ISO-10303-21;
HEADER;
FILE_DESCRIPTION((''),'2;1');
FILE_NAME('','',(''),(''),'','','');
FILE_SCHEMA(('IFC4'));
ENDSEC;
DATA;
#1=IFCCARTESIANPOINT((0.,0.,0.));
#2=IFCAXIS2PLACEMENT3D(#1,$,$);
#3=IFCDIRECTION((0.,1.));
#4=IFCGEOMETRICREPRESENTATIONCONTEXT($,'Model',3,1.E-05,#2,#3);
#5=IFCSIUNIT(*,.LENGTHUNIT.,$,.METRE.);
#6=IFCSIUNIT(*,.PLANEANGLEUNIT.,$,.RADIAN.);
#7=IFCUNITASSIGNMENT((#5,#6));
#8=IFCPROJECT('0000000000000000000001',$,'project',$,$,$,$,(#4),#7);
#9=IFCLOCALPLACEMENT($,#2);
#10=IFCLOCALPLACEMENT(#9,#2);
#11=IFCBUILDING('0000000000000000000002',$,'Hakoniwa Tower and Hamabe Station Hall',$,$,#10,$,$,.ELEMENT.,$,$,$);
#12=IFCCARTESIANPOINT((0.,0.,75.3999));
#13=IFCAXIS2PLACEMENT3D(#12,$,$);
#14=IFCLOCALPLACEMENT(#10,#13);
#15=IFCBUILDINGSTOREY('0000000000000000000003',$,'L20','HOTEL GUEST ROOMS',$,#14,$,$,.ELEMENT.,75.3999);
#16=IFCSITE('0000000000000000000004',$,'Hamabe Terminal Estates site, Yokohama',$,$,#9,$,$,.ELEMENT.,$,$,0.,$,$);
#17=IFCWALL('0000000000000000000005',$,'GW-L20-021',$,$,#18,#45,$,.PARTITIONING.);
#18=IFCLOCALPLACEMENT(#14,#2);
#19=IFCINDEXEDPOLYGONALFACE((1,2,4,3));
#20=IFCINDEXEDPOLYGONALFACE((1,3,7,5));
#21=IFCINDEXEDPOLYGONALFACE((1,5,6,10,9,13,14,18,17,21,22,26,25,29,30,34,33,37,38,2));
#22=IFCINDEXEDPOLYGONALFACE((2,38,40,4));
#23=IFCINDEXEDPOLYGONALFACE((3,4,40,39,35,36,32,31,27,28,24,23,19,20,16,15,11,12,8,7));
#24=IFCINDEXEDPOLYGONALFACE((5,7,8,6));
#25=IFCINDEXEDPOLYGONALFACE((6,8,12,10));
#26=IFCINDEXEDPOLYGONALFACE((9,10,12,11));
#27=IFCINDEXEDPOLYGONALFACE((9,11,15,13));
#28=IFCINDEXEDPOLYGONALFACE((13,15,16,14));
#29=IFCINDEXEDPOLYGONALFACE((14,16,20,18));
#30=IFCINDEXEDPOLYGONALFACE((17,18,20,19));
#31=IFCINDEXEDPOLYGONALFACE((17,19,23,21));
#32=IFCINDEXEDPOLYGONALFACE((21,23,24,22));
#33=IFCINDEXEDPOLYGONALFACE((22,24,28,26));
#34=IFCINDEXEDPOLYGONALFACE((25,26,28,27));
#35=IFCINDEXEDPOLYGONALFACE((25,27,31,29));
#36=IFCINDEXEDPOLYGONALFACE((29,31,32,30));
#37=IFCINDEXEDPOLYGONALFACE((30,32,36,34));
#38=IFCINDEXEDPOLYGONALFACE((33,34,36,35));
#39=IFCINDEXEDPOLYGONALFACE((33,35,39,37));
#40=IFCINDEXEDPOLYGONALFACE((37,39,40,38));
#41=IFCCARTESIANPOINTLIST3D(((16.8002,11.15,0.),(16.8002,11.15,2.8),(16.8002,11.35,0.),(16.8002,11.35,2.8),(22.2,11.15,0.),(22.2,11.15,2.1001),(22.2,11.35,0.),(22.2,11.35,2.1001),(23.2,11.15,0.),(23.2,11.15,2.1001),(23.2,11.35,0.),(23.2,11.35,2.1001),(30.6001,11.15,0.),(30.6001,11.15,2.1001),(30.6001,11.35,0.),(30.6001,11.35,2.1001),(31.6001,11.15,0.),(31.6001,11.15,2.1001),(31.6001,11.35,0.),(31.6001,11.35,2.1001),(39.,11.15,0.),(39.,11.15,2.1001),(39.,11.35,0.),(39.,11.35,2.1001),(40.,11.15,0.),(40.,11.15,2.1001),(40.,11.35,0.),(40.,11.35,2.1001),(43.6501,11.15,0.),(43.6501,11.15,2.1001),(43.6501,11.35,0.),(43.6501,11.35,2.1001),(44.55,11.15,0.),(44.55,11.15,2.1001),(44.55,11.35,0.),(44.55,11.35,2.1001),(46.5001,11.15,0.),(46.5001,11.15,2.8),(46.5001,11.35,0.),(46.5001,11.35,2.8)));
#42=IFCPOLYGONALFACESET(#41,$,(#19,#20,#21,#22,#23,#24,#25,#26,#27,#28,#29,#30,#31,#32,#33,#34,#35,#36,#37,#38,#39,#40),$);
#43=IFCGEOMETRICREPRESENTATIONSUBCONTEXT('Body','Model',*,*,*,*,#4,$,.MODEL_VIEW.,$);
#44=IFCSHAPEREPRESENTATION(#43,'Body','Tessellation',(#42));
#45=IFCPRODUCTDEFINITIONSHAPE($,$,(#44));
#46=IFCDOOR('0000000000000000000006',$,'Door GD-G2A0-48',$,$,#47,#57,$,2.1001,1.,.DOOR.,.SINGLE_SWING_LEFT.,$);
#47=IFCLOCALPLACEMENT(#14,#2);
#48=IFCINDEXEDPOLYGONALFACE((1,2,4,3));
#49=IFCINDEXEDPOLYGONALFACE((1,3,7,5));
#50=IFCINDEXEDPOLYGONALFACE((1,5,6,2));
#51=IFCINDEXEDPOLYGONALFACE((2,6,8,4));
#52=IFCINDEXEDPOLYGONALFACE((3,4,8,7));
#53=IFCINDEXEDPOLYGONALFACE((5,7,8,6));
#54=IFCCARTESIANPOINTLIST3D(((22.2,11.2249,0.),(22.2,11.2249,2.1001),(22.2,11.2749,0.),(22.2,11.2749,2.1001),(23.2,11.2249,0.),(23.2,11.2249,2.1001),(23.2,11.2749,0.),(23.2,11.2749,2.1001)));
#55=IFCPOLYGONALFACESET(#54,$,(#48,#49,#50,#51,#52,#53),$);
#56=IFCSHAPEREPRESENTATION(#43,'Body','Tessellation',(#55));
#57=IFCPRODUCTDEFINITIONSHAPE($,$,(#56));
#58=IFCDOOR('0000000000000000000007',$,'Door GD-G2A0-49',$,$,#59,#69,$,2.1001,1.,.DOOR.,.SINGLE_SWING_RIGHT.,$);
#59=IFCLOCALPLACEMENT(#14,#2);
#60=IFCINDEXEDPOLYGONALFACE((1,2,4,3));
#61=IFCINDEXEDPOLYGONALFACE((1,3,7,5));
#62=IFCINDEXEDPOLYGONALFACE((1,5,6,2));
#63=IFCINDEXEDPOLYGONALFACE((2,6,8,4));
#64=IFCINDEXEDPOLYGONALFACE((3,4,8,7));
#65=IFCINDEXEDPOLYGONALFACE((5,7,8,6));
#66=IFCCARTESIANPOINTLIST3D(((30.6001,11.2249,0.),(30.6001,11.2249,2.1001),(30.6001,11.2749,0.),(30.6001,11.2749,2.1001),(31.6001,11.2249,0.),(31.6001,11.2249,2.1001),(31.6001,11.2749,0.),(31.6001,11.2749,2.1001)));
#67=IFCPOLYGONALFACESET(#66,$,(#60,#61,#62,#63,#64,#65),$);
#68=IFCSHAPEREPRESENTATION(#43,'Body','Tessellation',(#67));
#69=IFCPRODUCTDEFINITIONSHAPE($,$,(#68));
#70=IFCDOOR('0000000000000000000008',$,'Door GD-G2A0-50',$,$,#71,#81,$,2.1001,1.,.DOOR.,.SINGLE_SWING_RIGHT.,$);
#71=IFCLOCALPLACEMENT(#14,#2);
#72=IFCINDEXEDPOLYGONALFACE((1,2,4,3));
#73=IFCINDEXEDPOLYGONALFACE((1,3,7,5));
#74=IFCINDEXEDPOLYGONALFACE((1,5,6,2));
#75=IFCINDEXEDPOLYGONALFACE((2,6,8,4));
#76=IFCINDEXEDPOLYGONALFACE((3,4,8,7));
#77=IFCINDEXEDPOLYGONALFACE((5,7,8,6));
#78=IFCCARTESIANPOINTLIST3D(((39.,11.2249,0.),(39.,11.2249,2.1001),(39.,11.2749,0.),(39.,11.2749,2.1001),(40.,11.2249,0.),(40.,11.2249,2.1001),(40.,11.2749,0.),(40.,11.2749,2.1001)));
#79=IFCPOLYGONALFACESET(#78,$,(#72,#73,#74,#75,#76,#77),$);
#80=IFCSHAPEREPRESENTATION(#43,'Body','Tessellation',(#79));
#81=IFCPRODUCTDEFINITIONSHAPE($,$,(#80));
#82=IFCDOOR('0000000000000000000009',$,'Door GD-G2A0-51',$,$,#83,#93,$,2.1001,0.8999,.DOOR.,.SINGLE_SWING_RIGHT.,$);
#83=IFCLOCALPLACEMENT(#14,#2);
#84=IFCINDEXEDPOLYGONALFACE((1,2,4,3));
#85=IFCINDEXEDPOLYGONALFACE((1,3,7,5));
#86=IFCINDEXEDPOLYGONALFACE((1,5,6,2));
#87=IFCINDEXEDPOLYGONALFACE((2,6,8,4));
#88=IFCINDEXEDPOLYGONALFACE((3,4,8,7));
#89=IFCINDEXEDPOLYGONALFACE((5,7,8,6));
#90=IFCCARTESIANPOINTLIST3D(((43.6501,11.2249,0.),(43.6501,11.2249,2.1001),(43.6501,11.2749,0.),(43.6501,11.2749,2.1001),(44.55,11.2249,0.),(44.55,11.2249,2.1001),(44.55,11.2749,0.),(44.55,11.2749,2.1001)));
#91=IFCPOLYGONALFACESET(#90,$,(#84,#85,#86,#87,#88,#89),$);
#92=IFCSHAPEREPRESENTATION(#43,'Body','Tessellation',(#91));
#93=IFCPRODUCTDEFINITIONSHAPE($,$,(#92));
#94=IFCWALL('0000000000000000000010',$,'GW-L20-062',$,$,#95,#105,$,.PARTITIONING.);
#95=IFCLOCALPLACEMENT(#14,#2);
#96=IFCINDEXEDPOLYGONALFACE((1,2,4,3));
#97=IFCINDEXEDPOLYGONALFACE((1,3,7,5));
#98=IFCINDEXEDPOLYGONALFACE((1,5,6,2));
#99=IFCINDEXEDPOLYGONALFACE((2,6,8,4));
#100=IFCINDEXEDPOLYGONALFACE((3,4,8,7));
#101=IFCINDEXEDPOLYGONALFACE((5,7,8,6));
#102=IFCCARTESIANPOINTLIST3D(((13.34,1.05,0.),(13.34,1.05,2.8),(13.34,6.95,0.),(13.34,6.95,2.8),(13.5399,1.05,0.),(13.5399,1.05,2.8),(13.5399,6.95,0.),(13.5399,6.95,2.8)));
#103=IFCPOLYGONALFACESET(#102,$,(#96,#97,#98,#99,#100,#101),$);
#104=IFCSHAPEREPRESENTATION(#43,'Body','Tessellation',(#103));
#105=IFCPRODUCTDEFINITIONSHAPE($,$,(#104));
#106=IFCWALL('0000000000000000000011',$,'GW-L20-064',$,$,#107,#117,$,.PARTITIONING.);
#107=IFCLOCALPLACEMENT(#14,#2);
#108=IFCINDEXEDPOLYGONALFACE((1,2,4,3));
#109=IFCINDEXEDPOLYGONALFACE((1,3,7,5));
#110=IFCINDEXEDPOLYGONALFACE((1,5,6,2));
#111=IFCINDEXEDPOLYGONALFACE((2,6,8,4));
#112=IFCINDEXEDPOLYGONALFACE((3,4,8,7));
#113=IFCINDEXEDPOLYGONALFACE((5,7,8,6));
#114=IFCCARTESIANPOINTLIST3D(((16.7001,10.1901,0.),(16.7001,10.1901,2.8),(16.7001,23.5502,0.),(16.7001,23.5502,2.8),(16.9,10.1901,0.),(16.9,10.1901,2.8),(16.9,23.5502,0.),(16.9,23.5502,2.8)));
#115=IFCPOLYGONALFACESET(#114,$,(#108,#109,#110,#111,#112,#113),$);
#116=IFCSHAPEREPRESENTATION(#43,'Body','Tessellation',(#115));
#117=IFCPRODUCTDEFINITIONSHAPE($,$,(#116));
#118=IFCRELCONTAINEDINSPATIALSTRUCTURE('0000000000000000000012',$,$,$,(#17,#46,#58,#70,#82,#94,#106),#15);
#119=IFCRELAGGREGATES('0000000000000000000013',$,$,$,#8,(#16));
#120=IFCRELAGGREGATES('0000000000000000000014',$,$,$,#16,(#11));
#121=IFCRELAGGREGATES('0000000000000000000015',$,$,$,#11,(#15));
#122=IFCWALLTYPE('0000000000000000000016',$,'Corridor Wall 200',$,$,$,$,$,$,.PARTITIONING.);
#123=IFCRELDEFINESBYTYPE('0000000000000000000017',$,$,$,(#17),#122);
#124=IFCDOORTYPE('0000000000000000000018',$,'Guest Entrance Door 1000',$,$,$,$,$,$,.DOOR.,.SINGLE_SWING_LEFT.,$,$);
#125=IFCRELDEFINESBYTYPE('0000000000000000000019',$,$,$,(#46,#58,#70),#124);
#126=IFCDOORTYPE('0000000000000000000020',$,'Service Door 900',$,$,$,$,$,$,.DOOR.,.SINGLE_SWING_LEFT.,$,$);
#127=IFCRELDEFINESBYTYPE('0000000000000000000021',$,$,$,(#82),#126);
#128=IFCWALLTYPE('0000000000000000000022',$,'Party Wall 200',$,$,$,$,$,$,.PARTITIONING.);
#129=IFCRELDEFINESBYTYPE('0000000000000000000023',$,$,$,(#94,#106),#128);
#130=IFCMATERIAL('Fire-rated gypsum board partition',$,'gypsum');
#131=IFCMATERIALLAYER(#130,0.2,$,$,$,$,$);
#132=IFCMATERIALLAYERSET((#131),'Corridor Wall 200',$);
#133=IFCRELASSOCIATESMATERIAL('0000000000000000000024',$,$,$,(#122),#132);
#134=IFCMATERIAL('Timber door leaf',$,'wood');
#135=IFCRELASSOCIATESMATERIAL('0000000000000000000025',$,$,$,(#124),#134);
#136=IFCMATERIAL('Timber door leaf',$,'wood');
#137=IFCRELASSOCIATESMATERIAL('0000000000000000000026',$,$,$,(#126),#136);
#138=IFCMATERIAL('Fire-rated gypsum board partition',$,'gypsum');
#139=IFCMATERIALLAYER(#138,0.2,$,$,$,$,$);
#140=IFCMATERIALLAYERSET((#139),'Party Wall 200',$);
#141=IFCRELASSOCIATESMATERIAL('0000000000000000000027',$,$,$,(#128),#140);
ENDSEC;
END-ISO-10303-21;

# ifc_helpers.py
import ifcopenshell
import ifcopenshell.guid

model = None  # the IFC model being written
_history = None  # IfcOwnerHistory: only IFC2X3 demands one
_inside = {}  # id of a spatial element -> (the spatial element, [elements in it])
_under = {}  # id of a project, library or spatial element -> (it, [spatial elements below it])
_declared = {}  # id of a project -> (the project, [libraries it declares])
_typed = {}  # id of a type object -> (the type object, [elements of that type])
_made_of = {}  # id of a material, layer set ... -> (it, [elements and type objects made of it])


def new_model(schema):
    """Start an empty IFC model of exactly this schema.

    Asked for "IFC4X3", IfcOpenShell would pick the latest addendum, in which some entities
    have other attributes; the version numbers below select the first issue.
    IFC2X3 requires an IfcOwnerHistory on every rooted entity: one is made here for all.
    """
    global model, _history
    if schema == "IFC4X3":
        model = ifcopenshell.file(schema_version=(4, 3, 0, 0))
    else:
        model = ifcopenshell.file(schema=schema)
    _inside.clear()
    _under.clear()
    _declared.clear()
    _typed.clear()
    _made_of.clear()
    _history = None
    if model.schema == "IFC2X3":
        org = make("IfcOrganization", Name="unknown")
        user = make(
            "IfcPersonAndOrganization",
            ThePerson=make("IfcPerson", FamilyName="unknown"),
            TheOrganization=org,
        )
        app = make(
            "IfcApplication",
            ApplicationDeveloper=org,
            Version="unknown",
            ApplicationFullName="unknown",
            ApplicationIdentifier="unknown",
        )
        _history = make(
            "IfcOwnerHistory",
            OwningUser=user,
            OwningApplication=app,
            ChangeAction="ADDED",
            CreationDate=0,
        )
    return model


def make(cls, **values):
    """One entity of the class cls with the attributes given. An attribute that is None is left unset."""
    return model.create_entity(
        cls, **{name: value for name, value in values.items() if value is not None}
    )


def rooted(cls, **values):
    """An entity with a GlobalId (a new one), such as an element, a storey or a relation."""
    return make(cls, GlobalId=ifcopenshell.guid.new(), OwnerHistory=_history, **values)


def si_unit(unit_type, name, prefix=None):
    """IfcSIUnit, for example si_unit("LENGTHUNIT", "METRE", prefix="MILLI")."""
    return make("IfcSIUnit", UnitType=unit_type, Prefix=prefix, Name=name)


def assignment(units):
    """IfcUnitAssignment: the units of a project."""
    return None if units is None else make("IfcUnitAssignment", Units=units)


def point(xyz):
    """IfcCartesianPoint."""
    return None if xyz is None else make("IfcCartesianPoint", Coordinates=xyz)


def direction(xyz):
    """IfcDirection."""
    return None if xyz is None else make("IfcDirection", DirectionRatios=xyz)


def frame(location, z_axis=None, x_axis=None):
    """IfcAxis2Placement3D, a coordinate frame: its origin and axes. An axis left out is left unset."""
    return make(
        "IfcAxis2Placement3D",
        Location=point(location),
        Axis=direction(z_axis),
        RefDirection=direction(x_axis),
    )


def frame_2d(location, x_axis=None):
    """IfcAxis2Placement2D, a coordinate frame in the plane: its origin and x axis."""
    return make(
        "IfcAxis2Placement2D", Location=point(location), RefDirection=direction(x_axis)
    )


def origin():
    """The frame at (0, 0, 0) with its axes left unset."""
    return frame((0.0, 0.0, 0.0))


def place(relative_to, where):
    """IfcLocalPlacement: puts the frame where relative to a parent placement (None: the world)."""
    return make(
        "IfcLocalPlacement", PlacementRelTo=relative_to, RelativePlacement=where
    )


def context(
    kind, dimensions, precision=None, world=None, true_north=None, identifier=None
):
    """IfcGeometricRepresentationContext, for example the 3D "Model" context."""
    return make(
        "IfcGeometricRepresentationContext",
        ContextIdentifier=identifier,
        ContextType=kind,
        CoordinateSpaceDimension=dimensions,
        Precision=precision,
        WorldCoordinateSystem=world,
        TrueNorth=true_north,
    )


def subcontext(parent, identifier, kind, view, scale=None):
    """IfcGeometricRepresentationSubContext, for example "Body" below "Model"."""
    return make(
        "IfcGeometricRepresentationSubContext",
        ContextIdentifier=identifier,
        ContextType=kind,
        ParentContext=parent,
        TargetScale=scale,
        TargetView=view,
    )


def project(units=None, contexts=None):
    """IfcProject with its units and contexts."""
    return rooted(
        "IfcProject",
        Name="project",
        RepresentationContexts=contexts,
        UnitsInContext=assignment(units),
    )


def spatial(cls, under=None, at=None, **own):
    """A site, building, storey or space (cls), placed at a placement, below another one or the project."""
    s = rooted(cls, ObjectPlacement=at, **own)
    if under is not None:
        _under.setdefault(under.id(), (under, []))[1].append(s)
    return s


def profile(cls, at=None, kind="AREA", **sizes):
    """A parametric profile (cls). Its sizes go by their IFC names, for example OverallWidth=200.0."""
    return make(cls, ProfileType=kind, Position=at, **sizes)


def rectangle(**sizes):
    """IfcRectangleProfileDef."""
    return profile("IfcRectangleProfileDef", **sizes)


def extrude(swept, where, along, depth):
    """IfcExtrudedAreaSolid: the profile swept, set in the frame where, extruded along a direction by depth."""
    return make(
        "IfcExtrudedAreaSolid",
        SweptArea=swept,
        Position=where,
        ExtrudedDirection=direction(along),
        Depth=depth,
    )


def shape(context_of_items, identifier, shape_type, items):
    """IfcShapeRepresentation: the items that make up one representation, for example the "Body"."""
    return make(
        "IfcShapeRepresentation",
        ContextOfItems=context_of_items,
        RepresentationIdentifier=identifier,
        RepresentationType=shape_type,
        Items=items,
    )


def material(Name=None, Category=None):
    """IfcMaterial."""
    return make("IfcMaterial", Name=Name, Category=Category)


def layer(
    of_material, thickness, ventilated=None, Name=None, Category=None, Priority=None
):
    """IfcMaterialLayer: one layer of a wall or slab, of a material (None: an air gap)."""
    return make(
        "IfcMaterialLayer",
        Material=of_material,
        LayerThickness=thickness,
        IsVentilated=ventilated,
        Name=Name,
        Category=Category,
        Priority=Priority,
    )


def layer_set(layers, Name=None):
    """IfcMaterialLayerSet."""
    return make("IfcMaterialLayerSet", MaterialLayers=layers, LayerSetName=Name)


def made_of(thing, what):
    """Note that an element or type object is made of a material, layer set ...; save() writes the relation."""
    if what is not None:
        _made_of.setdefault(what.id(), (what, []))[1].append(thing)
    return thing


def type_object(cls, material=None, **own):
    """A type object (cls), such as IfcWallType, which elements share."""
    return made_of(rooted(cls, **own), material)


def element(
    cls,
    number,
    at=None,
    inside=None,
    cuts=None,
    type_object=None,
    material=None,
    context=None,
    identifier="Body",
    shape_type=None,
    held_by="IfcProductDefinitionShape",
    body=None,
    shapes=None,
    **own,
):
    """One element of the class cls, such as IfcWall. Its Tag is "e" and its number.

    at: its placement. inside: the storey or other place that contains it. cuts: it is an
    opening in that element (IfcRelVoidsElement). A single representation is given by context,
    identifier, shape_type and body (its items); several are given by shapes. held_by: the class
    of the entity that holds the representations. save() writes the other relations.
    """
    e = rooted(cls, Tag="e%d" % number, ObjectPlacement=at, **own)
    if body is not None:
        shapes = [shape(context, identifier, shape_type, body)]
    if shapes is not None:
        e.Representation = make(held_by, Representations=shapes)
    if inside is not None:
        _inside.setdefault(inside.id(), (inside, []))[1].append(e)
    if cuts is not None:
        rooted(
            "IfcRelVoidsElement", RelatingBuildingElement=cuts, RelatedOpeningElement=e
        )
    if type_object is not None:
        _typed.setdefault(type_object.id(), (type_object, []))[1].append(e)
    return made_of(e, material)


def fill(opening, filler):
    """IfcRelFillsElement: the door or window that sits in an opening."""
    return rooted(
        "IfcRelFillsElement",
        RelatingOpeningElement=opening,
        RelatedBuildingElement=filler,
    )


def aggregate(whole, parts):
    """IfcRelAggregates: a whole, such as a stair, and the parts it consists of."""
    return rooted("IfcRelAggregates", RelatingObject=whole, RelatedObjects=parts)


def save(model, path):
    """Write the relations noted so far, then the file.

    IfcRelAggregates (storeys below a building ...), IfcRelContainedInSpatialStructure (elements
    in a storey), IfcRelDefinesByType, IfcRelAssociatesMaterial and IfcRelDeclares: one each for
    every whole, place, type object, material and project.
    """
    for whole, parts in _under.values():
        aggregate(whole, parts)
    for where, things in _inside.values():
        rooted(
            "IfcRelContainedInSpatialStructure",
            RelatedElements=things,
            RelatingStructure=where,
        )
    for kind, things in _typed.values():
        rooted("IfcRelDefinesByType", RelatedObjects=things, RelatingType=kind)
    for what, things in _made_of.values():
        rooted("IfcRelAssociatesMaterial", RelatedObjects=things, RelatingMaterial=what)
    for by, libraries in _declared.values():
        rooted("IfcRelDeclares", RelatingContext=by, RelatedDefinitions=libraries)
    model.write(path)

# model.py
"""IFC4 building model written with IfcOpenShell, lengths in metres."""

from ifc_helpers import new_model, si_unit, direction, frame, frame_2d, origin, place, context, subcontext, project, spatial, rectangle, extrude, material, layer, layer_set, type_object, element, fill, save


model = new_model("IFC4")

# Units and contexts
model_context = context("Model", 3, precision=1e-05, world=origin(), true_north=direction((0.0, 1.0)))
body_context = subcontext(model_context, "Body", "Model", "MODEL_VIEW")
ifc_project = project(units=[si_unit("LENGTHUNIT", "METRE"), si_unit("PLANEANGLEUNIT", "RADIAN")], contexts=[model_context])

# Site, building, storey
site_placement = place(None, origin())
site = spatial("IfcSite", under=ifc_project, at=site_placement, Name="Hamabe Terminal Estates site, Yokohama", CompositionType="ELEMENT", RefElevation=0.0)
building_placement = place(site_placement, origin())
building = spatial("IfcBuilding", under=site, at=building_placement, Name="Hakoniwa Tower and Hamabe Station Hall", CompositionType="ELEMENT")
storey_placement = place(building_placement, frame((0.0, 0.0, 75.3999)))
storey = spatial("IfcBuildingStorey", under=building, at=storey_placement, Name="L20", Description="HOTEL GUEST ROOMS", CompositionType="ELEMENT", Elevation=75.3999)

# Wall, openings, doors
ifc_material_1 = material(Name="Fire-rated gypsum board partition", Category="gypsum")
ifc_layer_1 = layer(ifc_material_1, 0.2)
ifc_layer_set_1 = layer_set([ifc_layer_1], Name="Corridor Wall 200")
wall_type_1 = type_object("IfcWallType", Name="Corridor Wall 200", PredefinedType="PARTITIONING", material=ifc_layer_set_1)
wall_1_placement = place(storey_placement, frame((16.8, 11.25, 0.0), z_axis=(0.0, 0.0, 1.0), x_axis=(1.0, 0.0, 0.0)))
wall_1 = element("IfcWall", 1, at=wall_1_placement, inside=storey, type_object=wall_type_1, Name="GW-L20-021", PredefinedType="PARTITIONING", context=body_context, shape_type="SweptSolid", body=[
    extrude(rectangle(XDim=29.7, YDim=0.2, at=frame_2d((14.8501, 0.0))), origin(), (0.0, 0.0, 1.0), 2.8),
])
opening_1_placement = place(wall_1_placement, frame((5.3999, 0.0, 0.0)))
opening_1 = element("IfcOpeningElement", 2, at=opening_1_placement, cuts=wall_1, PredefinedType="OPENING", context=body_context, shape_type="SweptSolid", body=[
    extrude(rectangle(XDim=1.0, YDim=2.1001, at=frame_2d((0.5, 1.05))), frame((0.0, 0.1099, 0.0), z_axis=(0.0, -1.0, 0.0), x_axis=(1.0, 0.0, 0.0)), (0.0, 0.0, 1.0), 0.22),
])
opening_2_placement = place(wall_1_placement, frame((13.8, 0.0, 0.0)))
opening_2 = element("IfcOpeningElement", 3, at=opening_2_placement, cuts=wall_1, PredefinedType="OPENING", context=body_context, shape_type="SweptSolid", body=[
    extrude(rectangle(XDim=1.0, YDim=2.1001, at=frame_2d((0.5, 1.05))), frame((0.0, 0.1099, 0.0), z_axis=(0.0, -1.0, 0.0), x_axis=(1.0, 0.0, 0.0)), (0.0, 0.0, 1.0), 0.22),
])
opening_3_placement = place(wall_1_placement, frame((22.2, 0.0, 0.0)))
opening_3 = element("IfcOpeningElement", 4, at=opening_3_placement, cuts=wall_1, PredefinedType="OPENING", context=body_context, shape_type="SweptSolid", body=[
    extrude(rectangle(XDim=1.0, YDim=2.1001, at=frame_2d((0.5, 1.05))), frame((0.0, 0.1099, 0.0), z_axis=(0.0, -1.0, 0.0), x_axis=(1.0, 0.0, 0.0)), (0.0, 0.0, 1.0), 0.22),
])
opening_4_placement = place(wall_1_placement, frame((26.8501, 0.0, 0.0)))
opening_4 = element("IfcOpeningElement", 5, at=opening_4_placement, cuts=wall_1, PredefinedType="OPENING", context=body_context, shape_type="SweptSolid", body=[
    extrude(rectangle(XDim=0.8999, YDim=2.1001, at=frame_2d((0.45, 1.05))), frame((0.0, 0.1099, 0.0), z_axis=(0.0, -1.0, 0.0), x_axis=(1.0, 0.0, 0.0)), (0.0, 0.0, 1.0), 0.22),
])
ifc_material_2 = material(Name="Timber door leaf", Category="wood")
door_type_1 = type_object("IfcDoorType", Name="Guest Entrance Door 1000", OperationType="SINGLE_SWING_LEFT", PredefinedType="DOOR", material=ifc_material_2)
door_1_placement = place(opening_1_placement, origin())
door_1 = element("IfcDoor", 6, at=door_1_placement, inside=storey, type_object=door_type_1, Name="Door GD-G2A0-48", OperationType="SINGLE_SWING_LEFT", OverallHeight=2.1001, OverallWidth=1.0, PredefinedType="DOOR", context=body_context, shape_type="SweptSolid", body=[
    extrude(rectangle(XDim=1.0, YDim=2.1001, at=frame_2d((0.5, 1.05))), frame((0.0, 0.0249, 0.0), z_axis=(0.0, -1.0, 0.0), x_axis=(1.0, 0.0, 0.0)), (0.0, 0.0, 1.0), 0.05),
])
fill(opening_1, door_1)
door_2_placement = place(opening_2_placement, origin())
door_2 = element("IfcDoor", 7, at=door_2_placement, inside=storey, type_object=door_type_1, Name="Door GD-G2A0-49", OperationType="SINGLE_SWING_RIGHT", OverallHeight=2.1001, OverallWidth=1.0, PredefinedType="DOOR", context=body_context, shape_type="SweptSolid", body=[
    extrude(rectangle(XDim=1.0, YDim=2.1001, at=frame_2d((0.5, 1.05))), frame((0.0, 0.0249, 0.0), z_axis=(0.0, -1.0, 0.0), x_axis=(1.0, 0.0, 0.0)), (0.0, 0.0, 1.0), 0.05),
])
fill(opening_2, door_2)
door_3_placement = place(opening_3_placement, origin())
door_3 = element("IfcDoor", 8, at=door_3_placement, inside=storey, type_object=door_type_1, Name="Door GD-G2A0-50", OperationType="SINGLE_SWING_RIGHT", OverallHeight=2.1001, OverallWidth=1.0, PredefinedType="DOOR", context=body_context, shape_type="SweptSolid", body=[
    extrude(rectangle(XDim=1.0, YDim=2.1001, at=frame_2d((0.5, 1.05))), frame((0.0, 0.0249, 0.0), z_axis=(0.0, -1.0, 0.0), x_axis=(1.0, 0.0, 0.0)), (0.0, 0.0, 1.0), 0.05),
])
fill(opening_3, door_3)
ifc_material_3 = material(Name="Timber door leaf", Category="wood")
door_type_2 = type_object("IfcDoorType", Name="Service Door 900", OperationType="SINGLE_SWING_LEFT", PredefinedType="DOOR", material=ifc_material_3)
door_4_placement = place(opening_4_placement, origin())
door_4 = element("IfcDoor", 9, at=door_4_placement, inside=storey, type_object=door_type_2, Name="Door GD-G2A0-51", OperationType="SINGLE_SWING_RIGHT", OverallHeight=2.1001, OverallWidth=0.8999, PredefinedType="DOOR", context=body_context, shape_type="SweptSolid", body=[
    extrude(rectangle(XDim=0.8999, YDim=2.1001, at=frame_2d((0.45, 1.05))), frame((0.0, 0.0249, 0.0), z_axis=(0.0, -1.0, 0.0), x_axis=(1.0, 0.0, 0.0)), (0.0, 0.0, 1.0), 0.05),
])
fill(opening_4, door_4)

# Walls
ifc_material_4 = material(Name="Fire-rated gypsum board partition", Category="gypsum")
ifc_layer_2 = layer(ifc_material_4, 0.2)
ifc_layer_set_2 = layer_set([ifc_layer_2], Name="Party Wall 200")
wall_type_2 = type_object("IfcWallType", Name="Party Wall 200", PredefinedType="PARTITIONING", material=ifc_layer_set_2)
wall_2_placement = place(storey_placement, frame((13.4399, 1.05, 0.0), z_axis=(0.0, 0.0, 1.0), x_axis=(0.0, 1.0, 0.0)))
element("IfcWall", 10, at=wall_2_placement, inside=storey, type_object=wall_type_2, Name="GW-L20-062", PredefinedType="PARTITIONING", context=body_context, shape_type="SweptSolid", body=[
    extrude(rectangle(XDim=5.8999, YDim=0.2, at=frame_2d((2.95, 0.0))), origin(), (0.0, 0.0, 1.0), 2.8),
])
wall_3_placement = place(storey_placement, frame((16.8, 10.1899, 0.0), z_axis=(0.0, 0.0, 1.0), x_axis=(0.0, 1.0, 0.0)))
element("IfcWall", 11, at=wall_3_placement, inside=storey, type_object=wall_type_2, Name="GW-L20-064", PredefinedType="PARTITIONING", context=body_context, shape_type="SweptSolid", body=[
    extrude(rectangle(XDim=13.3601, YDim=0.2, at=frame_2d((6.6802, 0.0))), origin(), (0.0, 0.0, 1.0), 2.8),
])

save(model, "model.ifc")
